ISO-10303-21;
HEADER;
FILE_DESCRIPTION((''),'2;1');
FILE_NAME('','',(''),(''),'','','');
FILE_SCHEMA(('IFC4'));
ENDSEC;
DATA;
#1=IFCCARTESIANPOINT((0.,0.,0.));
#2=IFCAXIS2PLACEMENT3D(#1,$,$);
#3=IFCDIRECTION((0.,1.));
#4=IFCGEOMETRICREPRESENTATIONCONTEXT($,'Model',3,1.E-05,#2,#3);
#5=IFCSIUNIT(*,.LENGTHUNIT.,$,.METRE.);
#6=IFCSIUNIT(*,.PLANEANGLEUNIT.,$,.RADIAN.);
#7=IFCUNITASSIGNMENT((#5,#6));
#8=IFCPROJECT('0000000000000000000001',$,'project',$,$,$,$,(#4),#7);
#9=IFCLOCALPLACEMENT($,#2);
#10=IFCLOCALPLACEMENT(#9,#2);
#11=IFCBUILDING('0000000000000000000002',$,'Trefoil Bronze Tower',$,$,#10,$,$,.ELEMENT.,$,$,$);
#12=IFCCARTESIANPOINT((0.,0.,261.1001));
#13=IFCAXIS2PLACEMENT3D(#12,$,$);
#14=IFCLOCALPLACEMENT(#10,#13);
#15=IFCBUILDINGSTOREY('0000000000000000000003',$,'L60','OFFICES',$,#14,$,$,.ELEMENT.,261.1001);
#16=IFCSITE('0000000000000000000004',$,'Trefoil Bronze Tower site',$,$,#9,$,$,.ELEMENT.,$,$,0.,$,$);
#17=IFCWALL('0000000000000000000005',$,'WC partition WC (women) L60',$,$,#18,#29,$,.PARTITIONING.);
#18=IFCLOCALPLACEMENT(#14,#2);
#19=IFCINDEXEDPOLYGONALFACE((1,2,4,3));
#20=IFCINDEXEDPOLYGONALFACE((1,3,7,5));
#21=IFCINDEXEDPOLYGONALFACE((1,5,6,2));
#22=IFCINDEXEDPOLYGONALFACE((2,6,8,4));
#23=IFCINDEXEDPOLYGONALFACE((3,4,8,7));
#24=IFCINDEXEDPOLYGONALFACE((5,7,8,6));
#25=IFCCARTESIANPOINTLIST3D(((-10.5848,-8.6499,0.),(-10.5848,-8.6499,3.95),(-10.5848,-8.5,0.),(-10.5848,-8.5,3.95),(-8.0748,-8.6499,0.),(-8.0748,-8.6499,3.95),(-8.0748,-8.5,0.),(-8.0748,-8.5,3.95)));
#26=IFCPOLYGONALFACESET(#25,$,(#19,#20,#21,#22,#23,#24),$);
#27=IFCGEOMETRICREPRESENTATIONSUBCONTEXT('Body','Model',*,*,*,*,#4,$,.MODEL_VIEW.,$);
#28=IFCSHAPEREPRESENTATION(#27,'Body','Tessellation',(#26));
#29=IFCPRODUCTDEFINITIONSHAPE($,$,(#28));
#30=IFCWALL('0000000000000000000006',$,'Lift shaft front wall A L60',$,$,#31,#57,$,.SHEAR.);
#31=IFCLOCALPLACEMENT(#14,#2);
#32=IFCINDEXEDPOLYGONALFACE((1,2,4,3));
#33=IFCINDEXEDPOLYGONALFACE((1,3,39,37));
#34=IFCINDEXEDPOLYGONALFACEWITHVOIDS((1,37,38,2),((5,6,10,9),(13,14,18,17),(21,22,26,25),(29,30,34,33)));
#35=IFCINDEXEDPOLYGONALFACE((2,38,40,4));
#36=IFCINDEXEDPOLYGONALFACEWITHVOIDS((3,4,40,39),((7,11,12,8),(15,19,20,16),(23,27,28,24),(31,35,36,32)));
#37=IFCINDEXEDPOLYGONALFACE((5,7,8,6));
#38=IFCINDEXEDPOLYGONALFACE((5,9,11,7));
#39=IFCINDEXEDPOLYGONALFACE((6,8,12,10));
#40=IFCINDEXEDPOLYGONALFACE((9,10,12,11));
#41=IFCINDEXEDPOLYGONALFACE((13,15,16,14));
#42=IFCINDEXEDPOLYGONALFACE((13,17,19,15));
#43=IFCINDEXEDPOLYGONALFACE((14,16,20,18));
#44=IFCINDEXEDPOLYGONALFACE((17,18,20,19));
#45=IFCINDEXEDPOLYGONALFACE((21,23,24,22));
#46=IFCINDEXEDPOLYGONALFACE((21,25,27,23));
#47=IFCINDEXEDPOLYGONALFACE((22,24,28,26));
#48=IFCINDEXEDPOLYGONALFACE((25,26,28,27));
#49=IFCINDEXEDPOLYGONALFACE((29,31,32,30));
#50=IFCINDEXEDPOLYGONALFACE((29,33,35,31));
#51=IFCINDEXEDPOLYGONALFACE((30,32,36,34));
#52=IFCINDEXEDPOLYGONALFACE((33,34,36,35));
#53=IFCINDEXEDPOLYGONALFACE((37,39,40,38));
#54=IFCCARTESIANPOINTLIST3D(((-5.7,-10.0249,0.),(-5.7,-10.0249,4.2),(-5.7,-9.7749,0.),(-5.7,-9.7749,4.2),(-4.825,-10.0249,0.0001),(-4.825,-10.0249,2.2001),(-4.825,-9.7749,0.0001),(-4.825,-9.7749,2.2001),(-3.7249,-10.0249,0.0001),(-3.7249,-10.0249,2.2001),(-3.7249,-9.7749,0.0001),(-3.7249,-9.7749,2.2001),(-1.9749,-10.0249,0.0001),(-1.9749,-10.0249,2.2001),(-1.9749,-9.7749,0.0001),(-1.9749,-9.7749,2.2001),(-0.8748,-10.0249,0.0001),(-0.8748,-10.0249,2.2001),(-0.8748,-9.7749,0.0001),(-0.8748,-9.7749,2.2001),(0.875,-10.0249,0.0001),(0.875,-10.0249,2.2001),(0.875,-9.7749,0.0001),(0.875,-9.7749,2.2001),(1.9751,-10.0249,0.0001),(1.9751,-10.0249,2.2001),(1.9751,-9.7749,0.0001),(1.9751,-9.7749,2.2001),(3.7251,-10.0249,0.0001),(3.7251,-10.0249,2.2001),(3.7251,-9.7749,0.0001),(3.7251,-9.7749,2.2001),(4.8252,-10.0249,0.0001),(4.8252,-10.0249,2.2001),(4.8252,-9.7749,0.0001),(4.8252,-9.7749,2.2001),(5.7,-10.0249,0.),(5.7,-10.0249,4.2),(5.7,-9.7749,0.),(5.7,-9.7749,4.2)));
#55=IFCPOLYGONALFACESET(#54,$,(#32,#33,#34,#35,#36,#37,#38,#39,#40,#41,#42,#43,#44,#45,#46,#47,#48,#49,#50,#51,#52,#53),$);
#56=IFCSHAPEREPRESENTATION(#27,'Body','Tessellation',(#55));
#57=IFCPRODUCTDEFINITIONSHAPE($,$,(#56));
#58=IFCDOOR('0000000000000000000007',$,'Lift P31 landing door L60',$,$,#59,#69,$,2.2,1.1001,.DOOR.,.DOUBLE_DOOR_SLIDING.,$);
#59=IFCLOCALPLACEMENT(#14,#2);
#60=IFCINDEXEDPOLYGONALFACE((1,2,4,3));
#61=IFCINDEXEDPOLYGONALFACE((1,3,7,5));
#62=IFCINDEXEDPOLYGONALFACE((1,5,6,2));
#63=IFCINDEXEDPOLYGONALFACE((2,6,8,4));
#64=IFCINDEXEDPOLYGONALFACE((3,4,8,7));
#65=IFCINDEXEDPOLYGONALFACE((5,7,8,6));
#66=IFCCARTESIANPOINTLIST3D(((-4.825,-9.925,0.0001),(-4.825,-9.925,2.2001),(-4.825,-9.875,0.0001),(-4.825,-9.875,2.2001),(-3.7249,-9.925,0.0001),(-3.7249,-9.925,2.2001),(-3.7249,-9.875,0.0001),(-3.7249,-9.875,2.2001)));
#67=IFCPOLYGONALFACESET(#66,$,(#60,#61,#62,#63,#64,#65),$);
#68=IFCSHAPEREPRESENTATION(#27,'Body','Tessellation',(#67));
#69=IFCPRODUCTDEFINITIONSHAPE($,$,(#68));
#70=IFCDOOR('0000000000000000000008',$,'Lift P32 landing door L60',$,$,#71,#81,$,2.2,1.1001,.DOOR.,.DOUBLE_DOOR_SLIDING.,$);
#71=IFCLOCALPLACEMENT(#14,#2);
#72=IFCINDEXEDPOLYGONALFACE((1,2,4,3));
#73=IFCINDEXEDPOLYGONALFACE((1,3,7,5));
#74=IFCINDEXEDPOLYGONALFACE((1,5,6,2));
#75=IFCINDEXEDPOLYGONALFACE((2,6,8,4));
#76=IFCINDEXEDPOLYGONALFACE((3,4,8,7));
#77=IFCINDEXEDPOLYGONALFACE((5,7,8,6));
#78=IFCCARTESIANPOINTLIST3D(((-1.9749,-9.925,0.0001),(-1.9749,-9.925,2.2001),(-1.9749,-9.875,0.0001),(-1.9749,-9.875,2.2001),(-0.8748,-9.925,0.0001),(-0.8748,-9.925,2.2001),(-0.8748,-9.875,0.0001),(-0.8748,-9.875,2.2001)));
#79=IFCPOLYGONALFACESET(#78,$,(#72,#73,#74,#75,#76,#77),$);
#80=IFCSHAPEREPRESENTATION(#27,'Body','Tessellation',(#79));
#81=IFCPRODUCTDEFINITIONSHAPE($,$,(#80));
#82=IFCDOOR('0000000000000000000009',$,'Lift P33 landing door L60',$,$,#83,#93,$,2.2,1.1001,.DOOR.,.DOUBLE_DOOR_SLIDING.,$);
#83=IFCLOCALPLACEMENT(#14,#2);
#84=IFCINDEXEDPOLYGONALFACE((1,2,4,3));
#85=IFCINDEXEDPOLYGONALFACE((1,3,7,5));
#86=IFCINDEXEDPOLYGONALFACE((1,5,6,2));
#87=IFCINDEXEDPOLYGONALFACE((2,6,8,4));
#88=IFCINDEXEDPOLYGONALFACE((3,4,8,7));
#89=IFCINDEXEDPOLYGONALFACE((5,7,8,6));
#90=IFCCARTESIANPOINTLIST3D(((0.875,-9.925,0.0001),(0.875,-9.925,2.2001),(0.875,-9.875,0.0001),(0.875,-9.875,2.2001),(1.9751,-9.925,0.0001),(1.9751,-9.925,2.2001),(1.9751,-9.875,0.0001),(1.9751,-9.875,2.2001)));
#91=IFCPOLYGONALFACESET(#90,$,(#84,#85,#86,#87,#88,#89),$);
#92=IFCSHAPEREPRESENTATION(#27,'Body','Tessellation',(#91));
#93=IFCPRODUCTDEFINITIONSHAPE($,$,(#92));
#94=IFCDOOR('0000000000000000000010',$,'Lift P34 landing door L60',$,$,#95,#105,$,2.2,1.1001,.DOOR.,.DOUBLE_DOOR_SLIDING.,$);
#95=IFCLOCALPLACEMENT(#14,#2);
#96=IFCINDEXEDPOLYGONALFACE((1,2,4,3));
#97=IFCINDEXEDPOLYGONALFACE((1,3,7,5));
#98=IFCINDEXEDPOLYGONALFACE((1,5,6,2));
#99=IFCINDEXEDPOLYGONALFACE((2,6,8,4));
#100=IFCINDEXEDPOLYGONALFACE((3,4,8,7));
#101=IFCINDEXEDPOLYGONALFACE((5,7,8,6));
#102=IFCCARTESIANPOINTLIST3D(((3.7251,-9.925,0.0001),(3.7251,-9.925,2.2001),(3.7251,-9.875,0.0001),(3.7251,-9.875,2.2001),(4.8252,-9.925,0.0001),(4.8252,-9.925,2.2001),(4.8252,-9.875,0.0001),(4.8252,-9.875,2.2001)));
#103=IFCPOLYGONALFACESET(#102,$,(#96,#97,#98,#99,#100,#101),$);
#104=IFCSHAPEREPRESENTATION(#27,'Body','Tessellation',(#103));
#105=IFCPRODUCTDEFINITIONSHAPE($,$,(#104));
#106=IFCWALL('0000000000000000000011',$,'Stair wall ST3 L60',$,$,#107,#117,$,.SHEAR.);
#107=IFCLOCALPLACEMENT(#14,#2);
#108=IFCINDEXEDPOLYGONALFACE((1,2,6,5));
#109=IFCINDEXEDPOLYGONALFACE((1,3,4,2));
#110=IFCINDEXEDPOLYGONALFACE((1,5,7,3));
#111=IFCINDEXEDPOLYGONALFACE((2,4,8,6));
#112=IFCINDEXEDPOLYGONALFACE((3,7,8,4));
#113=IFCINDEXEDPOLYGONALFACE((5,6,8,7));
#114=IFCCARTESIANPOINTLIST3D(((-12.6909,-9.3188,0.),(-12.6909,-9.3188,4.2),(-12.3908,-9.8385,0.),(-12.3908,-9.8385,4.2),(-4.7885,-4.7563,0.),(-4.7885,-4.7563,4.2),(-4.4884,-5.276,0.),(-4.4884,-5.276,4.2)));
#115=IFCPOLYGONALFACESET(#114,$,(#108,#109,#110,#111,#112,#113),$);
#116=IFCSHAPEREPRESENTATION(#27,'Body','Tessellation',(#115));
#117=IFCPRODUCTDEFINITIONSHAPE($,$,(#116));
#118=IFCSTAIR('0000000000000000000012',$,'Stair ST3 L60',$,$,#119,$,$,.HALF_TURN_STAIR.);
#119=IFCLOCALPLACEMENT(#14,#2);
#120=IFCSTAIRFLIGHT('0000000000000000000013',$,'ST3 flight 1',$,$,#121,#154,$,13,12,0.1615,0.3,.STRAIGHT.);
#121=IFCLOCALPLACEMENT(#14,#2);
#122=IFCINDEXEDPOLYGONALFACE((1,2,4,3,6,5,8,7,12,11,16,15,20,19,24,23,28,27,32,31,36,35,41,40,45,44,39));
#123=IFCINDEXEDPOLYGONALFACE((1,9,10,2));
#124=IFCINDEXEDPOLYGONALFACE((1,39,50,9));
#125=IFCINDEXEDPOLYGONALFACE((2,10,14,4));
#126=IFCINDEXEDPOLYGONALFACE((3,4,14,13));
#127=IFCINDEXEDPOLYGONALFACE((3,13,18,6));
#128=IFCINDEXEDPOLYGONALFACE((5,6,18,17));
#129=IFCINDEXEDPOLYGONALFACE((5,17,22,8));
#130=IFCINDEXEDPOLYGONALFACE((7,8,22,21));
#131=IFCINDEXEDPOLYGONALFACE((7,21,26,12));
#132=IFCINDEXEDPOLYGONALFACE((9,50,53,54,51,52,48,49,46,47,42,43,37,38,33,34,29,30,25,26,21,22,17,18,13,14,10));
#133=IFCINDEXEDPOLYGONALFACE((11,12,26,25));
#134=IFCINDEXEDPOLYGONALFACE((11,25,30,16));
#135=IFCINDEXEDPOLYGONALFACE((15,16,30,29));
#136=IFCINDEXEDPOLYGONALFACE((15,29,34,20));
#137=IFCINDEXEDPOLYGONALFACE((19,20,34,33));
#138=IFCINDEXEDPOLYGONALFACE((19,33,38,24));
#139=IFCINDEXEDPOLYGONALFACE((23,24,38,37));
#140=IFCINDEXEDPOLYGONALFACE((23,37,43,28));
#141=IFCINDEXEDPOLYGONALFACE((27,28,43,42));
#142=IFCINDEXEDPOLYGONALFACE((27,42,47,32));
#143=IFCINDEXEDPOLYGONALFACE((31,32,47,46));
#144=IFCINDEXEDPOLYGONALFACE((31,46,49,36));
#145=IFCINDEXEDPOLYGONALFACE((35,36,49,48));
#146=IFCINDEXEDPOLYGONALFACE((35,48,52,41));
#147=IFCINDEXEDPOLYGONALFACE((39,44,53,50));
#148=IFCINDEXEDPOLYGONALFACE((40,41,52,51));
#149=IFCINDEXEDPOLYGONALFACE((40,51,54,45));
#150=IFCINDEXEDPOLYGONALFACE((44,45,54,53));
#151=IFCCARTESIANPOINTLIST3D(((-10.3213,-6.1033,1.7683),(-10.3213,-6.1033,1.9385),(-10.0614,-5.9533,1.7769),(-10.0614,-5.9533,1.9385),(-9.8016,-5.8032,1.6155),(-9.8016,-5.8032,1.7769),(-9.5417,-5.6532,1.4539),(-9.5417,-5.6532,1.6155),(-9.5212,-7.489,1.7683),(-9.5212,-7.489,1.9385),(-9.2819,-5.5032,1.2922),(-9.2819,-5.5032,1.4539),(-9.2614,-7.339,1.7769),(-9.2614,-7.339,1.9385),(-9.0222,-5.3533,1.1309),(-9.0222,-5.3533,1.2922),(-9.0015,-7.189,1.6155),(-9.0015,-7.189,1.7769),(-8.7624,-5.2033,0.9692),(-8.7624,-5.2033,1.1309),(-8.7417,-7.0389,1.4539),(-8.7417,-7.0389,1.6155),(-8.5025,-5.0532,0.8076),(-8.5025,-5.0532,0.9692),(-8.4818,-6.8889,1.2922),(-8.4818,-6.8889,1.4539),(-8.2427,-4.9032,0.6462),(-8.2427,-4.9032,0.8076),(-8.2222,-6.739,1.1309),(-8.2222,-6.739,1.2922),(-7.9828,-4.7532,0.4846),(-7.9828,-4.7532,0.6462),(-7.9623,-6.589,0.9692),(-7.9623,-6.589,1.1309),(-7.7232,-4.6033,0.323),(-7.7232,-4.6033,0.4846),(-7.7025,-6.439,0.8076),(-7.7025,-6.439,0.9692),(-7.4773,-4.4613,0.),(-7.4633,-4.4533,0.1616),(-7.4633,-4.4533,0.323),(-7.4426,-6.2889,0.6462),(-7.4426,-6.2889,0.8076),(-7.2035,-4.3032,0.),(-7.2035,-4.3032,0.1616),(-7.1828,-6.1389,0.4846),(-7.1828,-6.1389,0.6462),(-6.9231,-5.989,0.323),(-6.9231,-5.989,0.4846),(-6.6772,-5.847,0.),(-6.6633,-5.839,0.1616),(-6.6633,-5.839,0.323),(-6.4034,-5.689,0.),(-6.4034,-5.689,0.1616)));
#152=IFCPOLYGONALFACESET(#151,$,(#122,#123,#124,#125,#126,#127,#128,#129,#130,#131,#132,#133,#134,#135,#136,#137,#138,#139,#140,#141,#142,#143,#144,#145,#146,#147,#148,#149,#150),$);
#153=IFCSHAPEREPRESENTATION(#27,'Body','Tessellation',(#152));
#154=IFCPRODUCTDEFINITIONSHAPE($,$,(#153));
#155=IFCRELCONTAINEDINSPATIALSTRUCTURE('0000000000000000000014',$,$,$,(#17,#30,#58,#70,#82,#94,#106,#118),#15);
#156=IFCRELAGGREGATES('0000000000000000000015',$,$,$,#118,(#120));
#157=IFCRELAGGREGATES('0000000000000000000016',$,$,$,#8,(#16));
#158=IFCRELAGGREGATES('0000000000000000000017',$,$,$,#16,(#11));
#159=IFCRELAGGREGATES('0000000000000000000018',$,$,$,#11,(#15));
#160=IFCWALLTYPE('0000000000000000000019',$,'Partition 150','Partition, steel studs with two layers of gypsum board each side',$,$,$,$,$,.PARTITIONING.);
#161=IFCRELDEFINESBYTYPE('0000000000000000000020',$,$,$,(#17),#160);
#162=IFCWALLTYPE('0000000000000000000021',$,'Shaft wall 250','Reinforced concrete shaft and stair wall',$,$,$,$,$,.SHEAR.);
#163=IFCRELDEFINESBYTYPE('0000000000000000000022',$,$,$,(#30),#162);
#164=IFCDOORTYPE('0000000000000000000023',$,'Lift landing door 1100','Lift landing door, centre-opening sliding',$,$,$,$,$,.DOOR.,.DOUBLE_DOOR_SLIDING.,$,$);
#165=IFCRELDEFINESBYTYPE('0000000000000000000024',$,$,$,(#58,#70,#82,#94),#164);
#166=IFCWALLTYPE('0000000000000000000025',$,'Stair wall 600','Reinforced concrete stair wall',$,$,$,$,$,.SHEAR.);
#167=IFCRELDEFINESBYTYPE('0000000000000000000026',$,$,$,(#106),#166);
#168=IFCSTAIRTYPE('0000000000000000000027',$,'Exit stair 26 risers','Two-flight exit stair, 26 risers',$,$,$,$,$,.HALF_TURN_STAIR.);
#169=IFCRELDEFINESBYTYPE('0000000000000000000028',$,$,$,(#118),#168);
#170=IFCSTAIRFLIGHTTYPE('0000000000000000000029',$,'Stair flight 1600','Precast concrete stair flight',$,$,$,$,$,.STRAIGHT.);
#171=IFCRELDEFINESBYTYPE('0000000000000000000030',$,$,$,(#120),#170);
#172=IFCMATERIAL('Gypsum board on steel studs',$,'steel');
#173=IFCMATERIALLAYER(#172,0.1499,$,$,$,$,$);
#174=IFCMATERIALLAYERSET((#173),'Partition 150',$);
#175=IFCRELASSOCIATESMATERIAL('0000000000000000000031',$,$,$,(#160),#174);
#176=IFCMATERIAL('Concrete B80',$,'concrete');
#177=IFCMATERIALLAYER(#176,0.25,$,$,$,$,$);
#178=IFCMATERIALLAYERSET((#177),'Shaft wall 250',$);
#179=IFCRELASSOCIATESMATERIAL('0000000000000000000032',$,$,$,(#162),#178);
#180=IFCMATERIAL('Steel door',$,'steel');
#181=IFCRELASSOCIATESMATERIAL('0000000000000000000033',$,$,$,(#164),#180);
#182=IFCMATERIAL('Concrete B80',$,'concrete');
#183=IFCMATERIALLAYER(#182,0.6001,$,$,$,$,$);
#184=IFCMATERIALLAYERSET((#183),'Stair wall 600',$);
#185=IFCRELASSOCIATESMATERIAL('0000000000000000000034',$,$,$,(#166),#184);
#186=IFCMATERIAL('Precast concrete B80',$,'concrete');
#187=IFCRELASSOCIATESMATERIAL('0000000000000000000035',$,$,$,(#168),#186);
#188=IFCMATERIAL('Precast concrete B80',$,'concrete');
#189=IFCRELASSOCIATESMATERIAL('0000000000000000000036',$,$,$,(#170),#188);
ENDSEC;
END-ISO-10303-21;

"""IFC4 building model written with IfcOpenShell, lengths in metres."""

from ifc_helpers import new_model, si_unit, direction, frame, frame_2d, origin, place, context, subcontext, project, spatial, polyline, rectangle, outline, extrude, material, layer, layer_set, type_object, element, fill, aggregate, save


model = new_model("IFC4")

# Units and contexts
model_context = context("Model", 3, precision=1e-05, world=origin(), true_north=direction((0.0, 1.0)))
body_context = subcontext(model_context, "Body", "Model", "MODEL_VIEW")
ifc_project = project(units=[si_unit("LENGTHUNIT", "METRE"), si_unit("PLANEANGLEUNIT", "RADIAN")], contexts=[model_context])

# Site, building, storey
site_placement = place(None, origin())
site = spatial("IfcSite", under=ifc_project, at=site_placement, Name="Trefoil Bronze Tower site", CompositionType="ELEMENT", RefElevation=0.0)
building_placement = place(site_placement, origin())
building = spatial("IfcBuilding", under=site, at=building_placement, Name="Trefoil Bronze Tower", CompositionType="ELEMENT")
storey_placement = place(building_placement, frame((0.0, 0.0, 261.1001)))
storey = spatial("IfcBuildingStorey", under=building, at=storey_placement, Name="L60", Description="OFFICES", CompositionType="ELEMENT", Elevation=261.1001)

# Shared definitions
ifc_material_1 = material(Name="Gypsum board on steel studs", Category="steel")
ifc_layer_1 = layer(ifc_material_1, 0.1499)
ifc_layer_set_1 = layer_set([ifc_layer_1], Name="Partition 150")
wall_type_1 = type_object("IfcWallType", Name="Partition 150", Description="Partition, steel studs with two layers of gypsum board each side", PredefinedType="PARTITIONING", material=ifc_layer_set_1)

# Wall
wall_1_placement = place(storey_placement, frame((-8.075, -8.575, 0.0), z_axis=(0.0, 0.0, 1.0), x_axis=(-1.0, 0.0, 0.0)))
element("IfcWall", 1, at=wall_1_placement, inside=storey, type_object=wall_type_1, Name="WC partition WC (women) L60", PredefinedType="PARTITIONING", context=body_context, shape_type="SweptSolid", body=[
    extrude(rectangle(XDim=2.51, YDim=0.1499, at=frame_2d((1.2549, 0.0))), origin(), (0.0, 0.0, 1.0), 3.95),
])

# Wall, openings, doors
ifc_material_2 = material(Name="Concrete B80", Category="concrete")
ifc_layer_2 = layer(ifc_material_2, 0.25)
ifc_layer_set_2 = layer_set([ifc_layer_2], Name="Shaft wall 250")
wall_type_2 = type_object("IfcWallType", Name="Shaft wall 250", Description="Reinforced concrete shaft and stair wall", PredefinedType="SHEAR", material=ifc_layer_set_2)
wall_2_placement = place(storey_placement, frame((-5.7, -9.8999, 0.0), z_axis=(0.0, 0.0, 1.0), x_axis=(1.0, 0.0, 0.0)))
wall_2 = element("IfcWall", 2, at=wall_2_placement, inside=storey, type_object=wall_type_2, Name="Lift shaft front wall A L60", PredefinedType="SHEAR", context=body_context, shape_type="SweptSolid", body=[
    extrude(rectangle(XDim=11.3999, YDim=0.25, at=frame_2d((5.7, 0.0))), origin(), (0.0, 0.0, 1.0), 4.2),
])
opening_1_placement = place(wall_2_placement, frame((0.875, 0.0, 0.0)))
opening_1 = element("IfcOpeningElement", 3, at=opening_1_placement, cuts=wall_2, PredefinedType="OPENING", context=body_context, shape_type="SweptSolid", body=[
    extrude(rectangle(XDim=1.1001, YDim=2.2, at=frame_2d((0.55, 1.1001))), frame((0.0, 0.135, 0.0), z_axis=(0.0, -1.0, 0.0), x_axis=(1.0, 0.0, 0.0)), (0.0, 0.0, 1.0), 0.27),
])
opening_2_placement = place(wall_2_placement, frame((3.7251, 0.0, 0.0)))
opening_2 = element("IfcOpeningElement", 4, at=opening_2_placement, cuts=wall_2, PredefinedType="OPENING", context=body_context, shape_type="SweptSolid", body=[
    extrude(rectangle(XDim=1.1001, YDim=2.2, at=frame_2d((0.55, 1.1001))), frame((0.0, 0.135, 0.0), z_axis=(0.0, -1.0, 0.0), x_axis=(1.0, 0.0, 0.0)), (0.0, 0.0, 1.0), 0.27),
])
opening_3_placement = place(wall_2_placement, frame((6.575, 0.0, 0.0)))
opening_3 = element("IfcOpeningElement", 5, at=opening_3_placement, cuts=wall_2, PredefinedType="OPENING", context=body_context, shape_type="SweptSolid", body=[
    extrude(rectangle(XDim=1.1001, YDim=2.2, at=frame_2d((0.55, 1.1001))), frame((0.0, 0.135, 0.0), z_axis=(0.0, -1.0, 0.0), x_axis=(1.0, 0.0, 0.0)), (0.0, 0.0, 1.0), 0.27),
])
opening_4_placement = place(wall_2_placement, frame((9.425, 0.0, 0.0)))
opening_4 = element("IfcOpeningElement", 6, at=opening_4_placement, cuts=wall_2, PredefinedType="OPENING", context=body_context, shape_type="SweptSolid", body=[
    extrude(rectangle(XDim=1.1001, YDim=2.2, at=frame_2d((0.55, 1.1001))), frame((0.0, 0.135, 0.0), z_axis=(0.0, -1.0, 0.0), x_axis=(1.0, 0.0, 0.0)), (0.0, 0.0, 1.0), 0.27),
])
ifc_material_3 = material(Name="Steel door", Category="steel")
door_type_1 = type_object("IfcDoorType", Name="Lift landing door 1100", Description="Lift landing door, centre-opening sliding", OperationType="DOUBLE_DOOR_SLIDING", PredefinedType="DOOR", material=ifc_material_3)
door_1_placement = place(opening_1_placement, origin())
door_1 = element("IfcDoor", 7, at=door_1_placement, inside=storey, type_object=door_type_1, Name="Lift P31 landing door L60", OperationType="DOUBLE_DOOR_SLIDING", OverallHeight=2.2, OverallWidth=1.1001, PredefinedType="DOOR", context=body_context, shape_type="SweptSolid", body=[
    extrude(rectangle(XDim=1.1001, YDim=2.2, at=frame_2d((0.55, 1.1001))), frame((0.0, 0.0249, 0.0), z_axis=(0.0, -1.0, 0.0), x_axis=(1.0, 0.0, 0.0)), (0.0, 0.0, 1.0), 0.05),
])
fill(opening_1, door_1)
door_2_placement = place(opening_2_placement, origin())
door_2 = element("IfcDoor", 8, at=door_2_placement, inside=storey, type_object=door_type_1, Name="Lift P32 landing door L60", OperationType="DOUBLE_DOOR_SLIDING", OverallHeight=2.2, OverallWidth=1.1001, PredefinedType="DOOR", context=body_context, shape_type="SweptSolid", body=[
    extrude(rectangle(XDim=1.1001, YDim=2.2, at=frame_2d((0.55, 1.1001))), frame((0.0, 0.0249, 0.0), z_axis=(0.0, -1.0, 0.0), x_axis=(1.0, 0.0, 0.0)), (0.0, 0.0, 1.0), 0.05),
])
fill(opening_2, door_2)
door_3_placement = place(opening_3_placement, origin())
door_3 = element("IfcDoor", 9, at=door_3_placement, inside=storey, type_object=door_type_1, Name="Lift P33 landing door L60", OperationType="DOUBLE_DOOR_SLIDING", OverallHeight=2.2, OverallWidth=1.1001, PredefinedType="DOOR", context=body_context, shape_type="SweptSolid", body=[
    extrude(rectangle(XDim=1.1001, YDim=2.2, at=frame_2d((0.55, 1.1001))), frame((0.0, 0.0249, 0.0), z_axis=(0.0, -1.0, 0.0), x_axis=(1.0, 0.0, 0.0)), (0.0, 0.0, 1.0), 0.05),
])
fill(opening_3, door_3)
door_4_placement = place(opening_4_placement, origin())
door_4 = element("IfcDoor", 10, at=door_4_placement, inside=storey, type_object=door_type_1, Name="Lift P34 landing door L60", OperationType="DOUBLE_DOOR_SLIDING", OverallHeight=2.2, OverallWidth=1.1001, PredefinedType="DOOR", context=body_context, shape_type="SweptSolid", body=[
    extrude(rectangle(XDim=1.1001, YDim=2.2, at=frame_2d((0.55, 1.1001))), frame((0.0, 0.0249, 0.0), z_axis=(0.0, -1.0, 0.0), x_axis=(1.0, 0.0, 0.0)), (0.0, 0.0, 1.0), 0.05),
])
fill(opening_4, door_4)

# Wall
ifc_material_4 = material(Name="Concrete B80", Category="concrete")
ifc_layer_3 = layer(ifc_material_4, 0.6001)
ifc_layer_set_3 = layer_set([ifc_layer_3], Name="Stair wall 600")
wall_type_3 = type_object("IfcWallType", Name="Stair wall 600", Description="Reinforced concrete stair wall", PredefinedType="SHEAR", material=ifc_layer_set_3)
wall_3_placement = place(storey_placement, frame((-4.6384, -5.0161, 0.0), z_axis=(0.0, 0.0, 1.0), x_axis=(-0.866022, -0.500007, 0.0)))
element("IfcWall", 11, at=wall_3_placement, inside=storey, type_object=wall_type_3, Name="Stair wall ST3 L60", PredefinedType="SHEAR", context=body_context, shape_type="SweptSolid", body=[
    extrude(rectangle(XDim=9.125, YDim=0.6001, at=frame_2d((4.5625, 0.0))), origin(), (0.0, 0.0, 1.0), 4.2),
])

# Stair, stair flight
ifc_material_5 = material(Name="Precast concrete B80", Category="concrete")
stair_type = type_object("IfcStairType", Name="Exit stair 26 risers", Description="Two-flight exit stair, 26 risers", PredefinedType="HALF_TURN_STAIR", material=ifc_material_5)
stair_placement = place(storey_placement, origin())
stair = element("IfcStair", 12, at=stair_placement, inside=storey, type_object=stair_type, Name="Stair ST3 L60", PredefinedType="HALF_TURN_STAIR")
ifc_material_6 = material(Name="Precast concrete B80", Category="concrete")
stair_flight_type = type_object("IfcStairFlightType", Name="Stair flight 1600", Description="Precast concrete stair flight", PredefinedType="STRAIGHT", material=ifc_material_6)
stair_flight_1_placement = place(storey_placement, frame((-6.8035, -4.9961, 0.0), z_axis=(0.0, 0.0, 1.0), x_axis=(-0.866025, -0.5, 0.0)))
stair_flight_1 = element("IfcStairFlight", 13, at=stair_flight_1_placement, type_object=stair_flight_type, Name="ST3 flight 1", NumberOfRisers=13, NumberOfTreads=12, PredefinedType="STRAIGHT", RiserHeight=0.1615, TreadLength=0.3, context=body_context, shape_type="SweptSolid", body=[
    extrude(outline(polyline([(0.0, 0.0), (0.0, 0.1616), (0.3, 0.1616), (0.3, 0.323), (0.6001, 0.323), (0.6001, 0.4846), (0.8999, 0.4846), (0.8999, 0.6462), (1.2, 0.6462), (1.2, 0.8076), (1.5, 0.8076), (1.5, 0.9692), (1.8, 0.9692), (1.8, 1.1309), (2.1001, 1.1309), (2.1001, 1.2922), (2.3999, 1.2922), (2.3999, 1.4539), (2.7, 1.4539), (2.7, 1.6155), (3.0, 1.6155), (3.0, 1.7769), (3.3, 1.7769), (3.3, 1.9385), (3.6001, 1.9385), (3.6001, 2.1001), (3.6001, 1.7683), (0.3162, 0.0), (0.0, 0.0)])), frame((0.0, 0.8, 0.0), z_axis=(0.0, -1.0, 0.0), x_axis=(1.0, 0.0, 0.0)), (0.0, 0.0, 1.0), 1.6001),
])
aggregate(stair, [stair_flight_1])

save(model, "model.ifc")
